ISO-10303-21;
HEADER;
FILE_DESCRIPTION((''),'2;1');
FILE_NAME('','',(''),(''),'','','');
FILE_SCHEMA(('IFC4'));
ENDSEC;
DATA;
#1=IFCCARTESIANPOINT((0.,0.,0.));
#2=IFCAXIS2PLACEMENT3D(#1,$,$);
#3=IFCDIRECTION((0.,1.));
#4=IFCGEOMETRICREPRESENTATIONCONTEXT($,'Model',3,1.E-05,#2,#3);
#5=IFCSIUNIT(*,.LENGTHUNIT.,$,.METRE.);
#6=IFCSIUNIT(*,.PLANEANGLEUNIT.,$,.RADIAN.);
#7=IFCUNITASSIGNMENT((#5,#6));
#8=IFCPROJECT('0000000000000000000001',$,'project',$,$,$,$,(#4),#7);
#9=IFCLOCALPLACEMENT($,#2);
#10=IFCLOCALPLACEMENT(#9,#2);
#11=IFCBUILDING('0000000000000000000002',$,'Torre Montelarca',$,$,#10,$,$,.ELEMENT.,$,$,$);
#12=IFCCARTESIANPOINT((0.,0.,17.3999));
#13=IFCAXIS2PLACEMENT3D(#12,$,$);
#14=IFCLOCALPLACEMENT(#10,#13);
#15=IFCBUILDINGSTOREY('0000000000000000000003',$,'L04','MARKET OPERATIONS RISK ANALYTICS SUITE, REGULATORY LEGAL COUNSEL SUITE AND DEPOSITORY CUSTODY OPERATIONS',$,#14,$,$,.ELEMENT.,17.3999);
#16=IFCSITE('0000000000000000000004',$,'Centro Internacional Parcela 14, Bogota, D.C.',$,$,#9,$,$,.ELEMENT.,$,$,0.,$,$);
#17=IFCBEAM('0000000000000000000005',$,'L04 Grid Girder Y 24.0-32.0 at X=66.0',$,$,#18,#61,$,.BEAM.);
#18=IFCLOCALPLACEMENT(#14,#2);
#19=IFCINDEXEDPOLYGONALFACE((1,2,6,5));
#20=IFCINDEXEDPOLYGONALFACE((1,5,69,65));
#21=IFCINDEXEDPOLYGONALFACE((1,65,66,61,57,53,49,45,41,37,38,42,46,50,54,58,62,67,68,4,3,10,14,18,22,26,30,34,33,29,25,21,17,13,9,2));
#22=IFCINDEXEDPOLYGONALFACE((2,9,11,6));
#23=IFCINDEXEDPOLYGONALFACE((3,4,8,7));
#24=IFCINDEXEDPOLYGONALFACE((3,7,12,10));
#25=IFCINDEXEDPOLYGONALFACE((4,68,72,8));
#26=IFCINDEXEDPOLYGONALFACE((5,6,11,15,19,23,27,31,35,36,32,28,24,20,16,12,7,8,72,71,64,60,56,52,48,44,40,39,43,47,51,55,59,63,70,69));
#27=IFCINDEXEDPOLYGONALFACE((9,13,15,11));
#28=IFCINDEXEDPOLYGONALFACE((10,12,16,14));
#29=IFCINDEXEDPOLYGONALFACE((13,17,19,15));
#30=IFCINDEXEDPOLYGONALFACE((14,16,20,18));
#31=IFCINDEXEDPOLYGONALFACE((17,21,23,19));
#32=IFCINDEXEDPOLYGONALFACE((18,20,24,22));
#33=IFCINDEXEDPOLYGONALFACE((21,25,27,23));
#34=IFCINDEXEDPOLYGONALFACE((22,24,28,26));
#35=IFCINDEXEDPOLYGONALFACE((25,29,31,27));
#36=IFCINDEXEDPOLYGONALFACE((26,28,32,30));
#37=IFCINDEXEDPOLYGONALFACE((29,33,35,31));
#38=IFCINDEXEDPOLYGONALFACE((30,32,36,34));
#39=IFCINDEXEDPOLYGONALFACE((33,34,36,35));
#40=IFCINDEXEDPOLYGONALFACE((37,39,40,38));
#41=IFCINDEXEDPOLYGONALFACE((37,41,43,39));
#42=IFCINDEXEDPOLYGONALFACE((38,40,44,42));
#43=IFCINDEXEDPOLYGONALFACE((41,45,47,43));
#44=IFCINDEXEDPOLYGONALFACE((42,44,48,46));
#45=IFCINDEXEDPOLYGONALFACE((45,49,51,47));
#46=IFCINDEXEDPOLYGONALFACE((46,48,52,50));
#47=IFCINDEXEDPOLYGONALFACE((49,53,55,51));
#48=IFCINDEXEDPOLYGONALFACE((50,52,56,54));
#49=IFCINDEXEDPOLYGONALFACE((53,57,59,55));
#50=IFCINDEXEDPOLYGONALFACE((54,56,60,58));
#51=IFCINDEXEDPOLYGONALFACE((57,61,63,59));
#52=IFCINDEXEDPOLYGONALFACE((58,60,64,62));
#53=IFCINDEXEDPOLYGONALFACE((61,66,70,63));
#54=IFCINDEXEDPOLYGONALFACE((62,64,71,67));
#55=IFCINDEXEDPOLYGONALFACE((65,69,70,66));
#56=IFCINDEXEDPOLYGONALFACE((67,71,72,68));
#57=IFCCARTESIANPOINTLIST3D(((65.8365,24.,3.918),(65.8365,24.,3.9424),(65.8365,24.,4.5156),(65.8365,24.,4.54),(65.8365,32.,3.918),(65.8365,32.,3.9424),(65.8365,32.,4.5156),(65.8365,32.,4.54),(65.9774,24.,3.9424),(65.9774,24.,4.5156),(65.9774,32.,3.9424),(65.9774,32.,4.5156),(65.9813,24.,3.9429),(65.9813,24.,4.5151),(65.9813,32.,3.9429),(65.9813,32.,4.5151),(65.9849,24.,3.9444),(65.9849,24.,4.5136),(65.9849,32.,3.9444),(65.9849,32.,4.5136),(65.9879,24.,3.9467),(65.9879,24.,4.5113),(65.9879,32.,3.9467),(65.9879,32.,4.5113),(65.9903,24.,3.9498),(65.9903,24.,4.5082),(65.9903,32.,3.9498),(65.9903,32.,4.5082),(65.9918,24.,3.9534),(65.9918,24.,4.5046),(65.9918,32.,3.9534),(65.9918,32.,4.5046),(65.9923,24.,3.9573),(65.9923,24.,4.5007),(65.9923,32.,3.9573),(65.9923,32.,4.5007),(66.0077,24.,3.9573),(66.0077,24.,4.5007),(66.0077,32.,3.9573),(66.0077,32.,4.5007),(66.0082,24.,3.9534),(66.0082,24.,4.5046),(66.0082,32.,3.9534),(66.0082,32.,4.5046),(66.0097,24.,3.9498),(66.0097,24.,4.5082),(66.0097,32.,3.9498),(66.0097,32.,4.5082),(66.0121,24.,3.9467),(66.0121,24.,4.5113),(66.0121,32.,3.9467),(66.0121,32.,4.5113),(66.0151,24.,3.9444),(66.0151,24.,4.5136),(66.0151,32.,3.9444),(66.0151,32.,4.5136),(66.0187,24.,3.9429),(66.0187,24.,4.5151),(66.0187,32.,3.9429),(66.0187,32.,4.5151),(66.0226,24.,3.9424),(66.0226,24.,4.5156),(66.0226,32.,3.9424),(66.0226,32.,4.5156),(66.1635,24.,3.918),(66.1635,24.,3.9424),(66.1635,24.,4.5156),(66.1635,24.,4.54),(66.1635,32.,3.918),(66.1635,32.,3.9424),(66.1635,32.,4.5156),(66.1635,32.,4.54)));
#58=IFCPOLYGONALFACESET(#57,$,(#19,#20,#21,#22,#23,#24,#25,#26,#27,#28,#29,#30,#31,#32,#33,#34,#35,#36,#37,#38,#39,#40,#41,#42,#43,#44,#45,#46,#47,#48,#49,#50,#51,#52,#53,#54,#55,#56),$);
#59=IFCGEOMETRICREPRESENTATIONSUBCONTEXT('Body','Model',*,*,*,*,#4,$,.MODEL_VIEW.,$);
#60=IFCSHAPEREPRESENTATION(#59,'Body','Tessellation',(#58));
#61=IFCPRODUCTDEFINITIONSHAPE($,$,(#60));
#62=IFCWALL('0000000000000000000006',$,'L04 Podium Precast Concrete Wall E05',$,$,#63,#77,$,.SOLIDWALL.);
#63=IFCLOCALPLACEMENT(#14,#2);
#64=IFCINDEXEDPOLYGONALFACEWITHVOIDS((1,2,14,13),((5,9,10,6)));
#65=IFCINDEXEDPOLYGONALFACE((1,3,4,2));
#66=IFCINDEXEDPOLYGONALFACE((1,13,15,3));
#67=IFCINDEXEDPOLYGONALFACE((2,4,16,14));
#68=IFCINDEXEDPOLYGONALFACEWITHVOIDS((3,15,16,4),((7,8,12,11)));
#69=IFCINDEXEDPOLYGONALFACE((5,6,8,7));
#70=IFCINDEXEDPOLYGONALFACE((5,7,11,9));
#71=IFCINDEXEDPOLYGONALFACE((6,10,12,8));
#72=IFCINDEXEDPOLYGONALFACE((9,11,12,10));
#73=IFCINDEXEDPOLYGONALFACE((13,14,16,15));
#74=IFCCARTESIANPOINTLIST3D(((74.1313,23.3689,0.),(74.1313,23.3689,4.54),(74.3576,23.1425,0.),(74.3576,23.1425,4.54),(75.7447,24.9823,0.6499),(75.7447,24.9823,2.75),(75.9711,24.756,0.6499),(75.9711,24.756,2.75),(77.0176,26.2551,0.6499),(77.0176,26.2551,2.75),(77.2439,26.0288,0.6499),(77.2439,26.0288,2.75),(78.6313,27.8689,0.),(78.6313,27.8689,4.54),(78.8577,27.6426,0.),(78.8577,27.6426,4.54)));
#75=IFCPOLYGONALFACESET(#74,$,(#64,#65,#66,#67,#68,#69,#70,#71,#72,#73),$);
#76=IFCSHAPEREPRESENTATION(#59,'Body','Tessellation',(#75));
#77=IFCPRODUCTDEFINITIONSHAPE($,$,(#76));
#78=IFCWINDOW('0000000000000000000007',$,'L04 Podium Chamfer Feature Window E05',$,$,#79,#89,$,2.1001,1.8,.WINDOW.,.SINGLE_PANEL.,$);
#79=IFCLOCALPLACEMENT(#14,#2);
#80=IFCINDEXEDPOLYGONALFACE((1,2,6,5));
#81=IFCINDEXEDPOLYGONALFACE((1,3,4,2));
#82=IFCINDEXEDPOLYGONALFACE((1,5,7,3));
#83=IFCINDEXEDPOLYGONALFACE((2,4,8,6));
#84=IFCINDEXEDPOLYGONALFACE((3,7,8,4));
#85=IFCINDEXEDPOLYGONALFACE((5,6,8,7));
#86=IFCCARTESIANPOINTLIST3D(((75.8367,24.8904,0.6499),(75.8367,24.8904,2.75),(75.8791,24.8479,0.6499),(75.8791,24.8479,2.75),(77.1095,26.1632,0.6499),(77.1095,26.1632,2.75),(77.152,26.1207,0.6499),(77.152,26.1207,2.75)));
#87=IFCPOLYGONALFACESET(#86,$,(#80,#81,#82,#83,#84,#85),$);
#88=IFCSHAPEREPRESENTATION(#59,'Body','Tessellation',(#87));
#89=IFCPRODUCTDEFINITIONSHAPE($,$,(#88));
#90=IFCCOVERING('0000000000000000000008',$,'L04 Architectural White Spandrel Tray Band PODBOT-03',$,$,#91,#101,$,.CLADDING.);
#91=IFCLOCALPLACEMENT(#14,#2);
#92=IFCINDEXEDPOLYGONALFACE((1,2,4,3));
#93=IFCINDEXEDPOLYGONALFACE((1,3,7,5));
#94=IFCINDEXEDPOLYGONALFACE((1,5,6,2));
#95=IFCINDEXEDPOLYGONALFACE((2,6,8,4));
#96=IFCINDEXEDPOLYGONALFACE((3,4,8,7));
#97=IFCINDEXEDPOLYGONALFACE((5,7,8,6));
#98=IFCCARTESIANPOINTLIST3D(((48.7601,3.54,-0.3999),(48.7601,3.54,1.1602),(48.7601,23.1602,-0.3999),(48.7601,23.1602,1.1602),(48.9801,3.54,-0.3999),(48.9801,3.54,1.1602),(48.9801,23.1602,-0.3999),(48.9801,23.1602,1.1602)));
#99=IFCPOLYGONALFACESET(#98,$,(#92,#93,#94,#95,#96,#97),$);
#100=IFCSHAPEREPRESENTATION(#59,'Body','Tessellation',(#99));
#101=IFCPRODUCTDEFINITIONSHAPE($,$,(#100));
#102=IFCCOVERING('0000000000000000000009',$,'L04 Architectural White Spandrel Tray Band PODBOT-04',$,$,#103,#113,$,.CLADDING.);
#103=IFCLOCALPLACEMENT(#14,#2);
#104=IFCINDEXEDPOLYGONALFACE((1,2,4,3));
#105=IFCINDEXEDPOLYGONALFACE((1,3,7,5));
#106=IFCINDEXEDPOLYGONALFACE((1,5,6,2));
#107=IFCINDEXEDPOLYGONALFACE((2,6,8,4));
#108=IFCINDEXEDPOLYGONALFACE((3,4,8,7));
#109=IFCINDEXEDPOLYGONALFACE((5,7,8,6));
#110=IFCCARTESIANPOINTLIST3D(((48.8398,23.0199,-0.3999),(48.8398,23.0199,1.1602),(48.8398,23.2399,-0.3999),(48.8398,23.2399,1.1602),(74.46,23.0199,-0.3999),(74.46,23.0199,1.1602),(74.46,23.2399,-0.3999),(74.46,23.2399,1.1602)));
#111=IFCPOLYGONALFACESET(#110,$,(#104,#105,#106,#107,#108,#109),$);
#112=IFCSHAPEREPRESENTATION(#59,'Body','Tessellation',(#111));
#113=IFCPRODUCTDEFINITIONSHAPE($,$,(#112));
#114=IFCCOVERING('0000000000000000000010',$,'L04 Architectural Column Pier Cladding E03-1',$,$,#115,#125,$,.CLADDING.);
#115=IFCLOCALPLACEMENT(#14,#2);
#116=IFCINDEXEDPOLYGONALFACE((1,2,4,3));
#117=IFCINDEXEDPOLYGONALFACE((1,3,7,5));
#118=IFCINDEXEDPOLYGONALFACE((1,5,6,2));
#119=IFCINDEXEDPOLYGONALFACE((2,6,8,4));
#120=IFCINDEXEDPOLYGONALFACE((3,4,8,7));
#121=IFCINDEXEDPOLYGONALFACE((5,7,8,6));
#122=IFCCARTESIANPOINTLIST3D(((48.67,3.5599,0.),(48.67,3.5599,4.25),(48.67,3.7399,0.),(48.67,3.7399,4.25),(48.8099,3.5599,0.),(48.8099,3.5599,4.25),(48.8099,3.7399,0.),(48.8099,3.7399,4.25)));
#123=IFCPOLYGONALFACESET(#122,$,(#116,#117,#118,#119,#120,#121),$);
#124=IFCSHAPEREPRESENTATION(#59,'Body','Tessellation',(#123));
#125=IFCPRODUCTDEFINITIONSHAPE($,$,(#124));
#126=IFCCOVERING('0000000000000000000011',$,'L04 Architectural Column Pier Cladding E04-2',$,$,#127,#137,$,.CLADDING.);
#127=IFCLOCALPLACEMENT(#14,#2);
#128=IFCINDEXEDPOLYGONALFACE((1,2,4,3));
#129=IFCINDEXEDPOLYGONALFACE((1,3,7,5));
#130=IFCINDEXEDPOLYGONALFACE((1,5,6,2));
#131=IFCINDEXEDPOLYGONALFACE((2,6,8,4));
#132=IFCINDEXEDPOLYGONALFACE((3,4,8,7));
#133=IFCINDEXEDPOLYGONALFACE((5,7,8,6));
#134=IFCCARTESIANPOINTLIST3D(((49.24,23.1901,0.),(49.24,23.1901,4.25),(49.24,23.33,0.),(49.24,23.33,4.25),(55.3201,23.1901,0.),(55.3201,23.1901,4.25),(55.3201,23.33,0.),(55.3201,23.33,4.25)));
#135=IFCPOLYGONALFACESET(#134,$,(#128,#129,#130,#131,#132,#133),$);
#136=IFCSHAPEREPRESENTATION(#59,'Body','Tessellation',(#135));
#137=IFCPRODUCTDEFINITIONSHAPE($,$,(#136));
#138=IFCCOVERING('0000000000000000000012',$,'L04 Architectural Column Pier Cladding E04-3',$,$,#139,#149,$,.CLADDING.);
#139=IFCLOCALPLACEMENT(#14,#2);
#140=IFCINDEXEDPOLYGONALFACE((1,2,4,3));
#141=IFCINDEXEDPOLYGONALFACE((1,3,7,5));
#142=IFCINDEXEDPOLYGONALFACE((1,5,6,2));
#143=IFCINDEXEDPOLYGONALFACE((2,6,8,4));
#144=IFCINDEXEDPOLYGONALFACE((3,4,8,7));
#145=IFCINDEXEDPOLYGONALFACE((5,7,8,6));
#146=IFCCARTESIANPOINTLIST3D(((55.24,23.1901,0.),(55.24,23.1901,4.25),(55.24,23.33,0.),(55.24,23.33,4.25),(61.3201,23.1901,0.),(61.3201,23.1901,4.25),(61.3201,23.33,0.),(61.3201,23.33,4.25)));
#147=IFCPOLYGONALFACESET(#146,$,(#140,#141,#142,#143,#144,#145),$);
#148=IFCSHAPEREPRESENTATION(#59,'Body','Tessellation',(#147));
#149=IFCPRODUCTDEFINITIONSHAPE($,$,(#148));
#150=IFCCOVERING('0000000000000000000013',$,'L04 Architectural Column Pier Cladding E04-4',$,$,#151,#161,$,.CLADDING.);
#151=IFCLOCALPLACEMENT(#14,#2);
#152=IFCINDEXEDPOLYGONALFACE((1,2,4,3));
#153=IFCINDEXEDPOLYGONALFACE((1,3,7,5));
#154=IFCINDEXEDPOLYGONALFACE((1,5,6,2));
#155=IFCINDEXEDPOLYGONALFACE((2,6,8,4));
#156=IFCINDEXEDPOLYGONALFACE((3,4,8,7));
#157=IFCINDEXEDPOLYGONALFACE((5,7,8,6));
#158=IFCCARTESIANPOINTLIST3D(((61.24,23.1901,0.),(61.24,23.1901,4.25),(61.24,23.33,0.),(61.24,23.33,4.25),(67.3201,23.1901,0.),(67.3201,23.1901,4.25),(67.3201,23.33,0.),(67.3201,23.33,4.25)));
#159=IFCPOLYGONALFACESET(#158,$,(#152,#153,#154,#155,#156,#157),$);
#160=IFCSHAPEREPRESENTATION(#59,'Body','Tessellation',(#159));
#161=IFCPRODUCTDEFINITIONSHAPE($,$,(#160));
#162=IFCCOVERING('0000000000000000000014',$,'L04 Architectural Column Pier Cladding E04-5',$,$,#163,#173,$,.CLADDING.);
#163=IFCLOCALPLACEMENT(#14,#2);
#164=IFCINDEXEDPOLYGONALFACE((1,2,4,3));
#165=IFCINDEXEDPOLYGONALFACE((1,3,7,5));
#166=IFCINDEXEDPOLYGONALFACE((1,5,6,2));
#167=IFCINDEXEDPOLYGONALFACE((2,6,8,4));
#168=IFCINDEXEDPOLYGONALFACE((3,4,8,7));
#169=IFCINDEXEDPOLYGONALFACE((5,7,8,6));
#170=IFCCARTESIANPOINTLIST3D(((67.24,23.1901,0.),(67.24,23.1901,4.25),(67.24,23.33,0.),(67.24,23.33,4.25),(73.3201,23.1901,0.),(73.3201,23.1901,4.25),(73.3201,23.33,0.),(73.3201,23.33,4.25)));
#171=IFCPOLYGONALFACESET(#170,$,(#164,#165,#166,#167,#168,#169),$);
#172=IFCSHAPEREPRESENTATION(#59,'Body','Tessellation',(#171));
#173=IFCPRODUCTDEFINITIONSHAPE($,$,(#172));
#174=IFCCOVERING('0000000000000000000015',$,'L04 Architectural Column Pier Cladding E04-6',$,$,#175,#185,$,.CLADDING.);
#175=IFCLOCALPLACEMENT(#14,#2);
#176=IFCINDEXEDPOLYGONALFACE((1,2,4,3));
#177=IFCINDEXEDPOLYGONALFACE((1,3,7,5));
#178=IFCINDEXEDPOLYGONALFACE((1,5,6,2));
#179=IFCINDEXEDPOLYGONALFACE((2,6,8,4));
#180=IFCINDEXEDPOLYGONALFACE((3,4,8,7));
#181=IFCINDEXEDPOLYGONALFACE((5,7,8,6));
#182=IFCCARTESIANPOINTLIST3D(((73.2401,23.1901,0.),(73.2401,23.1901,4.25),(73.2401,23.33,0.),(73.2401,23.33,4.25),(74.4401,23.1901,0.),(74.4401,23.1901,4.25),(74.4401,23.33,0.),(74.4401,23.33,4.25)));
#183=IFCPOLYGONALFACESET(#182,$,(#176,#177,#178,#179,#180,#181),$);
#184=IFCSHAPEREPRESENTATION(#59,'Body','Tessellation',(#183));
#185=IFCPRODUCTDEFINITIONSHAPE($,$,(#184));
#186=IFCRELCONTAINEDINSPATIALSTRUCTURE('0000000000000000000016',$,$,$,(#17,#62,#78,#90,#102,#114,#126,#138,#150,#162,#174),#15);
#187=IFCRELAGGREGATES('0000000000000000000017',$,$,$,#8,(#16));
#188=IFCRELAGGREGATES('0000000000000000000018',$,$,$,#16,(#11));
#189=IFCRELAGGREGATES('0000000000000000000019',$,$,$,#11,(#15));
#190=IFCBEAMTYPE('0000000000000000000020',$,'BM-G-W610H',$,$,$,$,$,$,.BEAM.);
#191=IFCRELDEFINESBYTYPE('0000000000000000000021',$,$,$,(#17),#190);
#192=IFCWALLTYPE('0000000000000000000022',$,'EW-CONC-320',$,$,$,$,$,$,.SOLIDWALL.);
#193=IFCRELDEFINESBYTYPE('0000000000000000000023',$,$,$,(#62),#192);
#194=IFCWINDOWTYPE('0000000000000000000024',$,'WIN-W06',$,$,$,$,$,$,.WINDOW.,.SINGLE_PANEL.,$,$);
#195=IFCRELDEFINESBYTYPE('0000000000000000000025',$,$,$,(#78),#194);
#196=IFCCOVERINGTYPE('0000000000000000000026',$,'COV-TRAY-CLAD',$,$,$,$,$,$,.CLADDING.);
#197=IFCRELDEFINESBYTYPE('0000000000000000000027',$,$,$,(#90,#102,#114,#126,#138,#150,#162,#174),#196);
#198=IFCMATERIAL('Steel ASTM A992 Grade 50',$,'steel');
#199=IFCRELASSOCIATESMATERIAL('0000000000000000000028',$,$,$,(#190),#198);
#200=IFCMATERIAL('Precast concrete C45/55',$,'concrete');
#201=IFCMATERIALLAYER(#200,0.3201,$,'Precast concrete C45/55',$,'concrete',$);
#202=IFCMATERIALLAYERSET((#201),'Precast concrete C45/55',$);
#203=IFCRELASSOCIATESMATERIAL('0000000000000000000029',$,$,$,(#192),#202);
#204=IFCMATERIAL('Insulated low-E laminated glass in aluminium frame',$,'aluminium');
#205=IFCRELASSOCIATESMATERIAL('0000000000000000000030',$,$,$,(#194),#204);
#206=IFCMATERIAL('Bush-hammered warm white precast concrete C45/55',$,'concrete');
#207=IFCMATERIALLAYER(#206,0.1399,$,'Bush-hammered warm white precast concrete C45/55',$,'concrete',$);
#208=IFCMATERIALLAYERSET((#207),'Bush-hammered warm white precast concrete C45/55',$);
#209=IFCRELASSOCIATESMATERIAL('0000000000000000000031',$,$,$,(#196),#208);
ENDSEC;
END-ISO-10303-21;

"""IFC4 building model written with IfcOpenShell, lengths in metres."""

from ifc_helpers import new_model, si_unit, direction, frame, frame_2d, origin, origin_2d, place, context, subcontext, project, spatial, rectangle, i_section, extrude, source, transform, mapped, material, layer, layer_set, material_profile, profile_set, type_object, element, fill, save


model = new_model("IFC4")

# Units and contexts
model_context = context("Model", 3, precision=1e-05, world=origin(), true_north=direction((0.0, 1.0)))
body_context = subcontext(model_context, "Body", "Model", "MODEL_VIEW")
ifc_project = project(units=[si_unit("LENGTHUNIT", "METRE"), si_unit("PLANEANGLEUNIT", "RADIAN")], contexts=[model_context])

# Site, building, storey
site_placement = place(None, origin())
site = spatial("IfcSite", under=ifc_project, at=site_placement, Name="Centro Internacional Parcela 14, Bogota, D.C.", CompositionType="ELEMENT", RefElevation=0.0)
building_placement = place(site_placement, origin())
building = spatial("IfcBuilding", under=site, at=building_placement, Name="Torre Montelarca", CompositionType="ELEMENT")
storey_placement = place(building_placement, frame((0.0, 0.0, 17.3999)))
storey = spatial("IfcBuildingStorey", under=building, at=storey_placement, Name="L04", Description="MARKET OPERATIONS RISK ANALYTICS SUITE, REGULATORY LEGAL COUNSEL SUITE AND DEPOSITORY CUSTODY OPERATIONS", CompositionType="ELEMENT", Elevation=17.3999)

# Beam
ifc_material_1 = material(Name="Steel ASTM A992 Grade 50", Category="steel")
ifc_material_profile_1 = material_profile(ifc_material_1, i_section(OverallWidth=0.3269, OverallDepth=0.6221, WebThickness=0.0154, FlangeThickness=0.0244, FilletRadius=0.0149, at=origin_2d()), Name="W610X195", Category="steel")
ifc_profile_set_1 = profile_set([ifc_material_profile_1], Name="Steel ASTM A992 Grade 50")
beam_type_1 = type_object("IfcBeamType", Name="BM-G-W610H", PredefinedType="BEAM", material=ifc_profile_set_1)
shared_shape_1 = source(origin(), body_context, "Body", "SweptSolid", [
    extrude(i_section(OverallWidth=0.3269, OverallDepth=0.6221, WebThickness=0.0154, FlangeThickness=0.0244, FilletRadius=0.0149, at=origin_2d()), origin(), (0.0, 0.0, 1.0), 8.0),
])
for number, where, z_axis, x_axis, name in (
    (1, (66.0, 24.0, 4.229), (0.0, 1.0, 0.0), (-1.0, 0.0, 0.0), "L04 Grid Girder Y 24.0-32.0 at X=66.0"),
):
    element("IfcBeam", number, at=place(storey_placement, frame(where, z_axis=z_axis, x_axis=x_axis)), inside=storey, type_object=beam_type_1, Name=name, PredefinedType="BEAM", context=body_context, shape_type="MappedRepresentation", body=[
        mapped(shared_shape_1, transform((0.0, 0.0, 0.0), scale=1.0)),
    ])

# Wall, opening, window
ifc_material_2 = material(Name="Precast concrete C45/55", Category="concrete")
ifc_layer_1 = layer(ifc_material_2, 0.3201, Name="Precast concrete C45/55", Category="concrete")
ifc_layer_set_1 = layer_set([ifc_layer_1], Name="Precast concrete C45/55")
wall_type = type_object("IfcWallType", Name="EW-CONC-320", PredefinedType="SOLIDWALL", material=ifc_layer_set_1)
wall_placement = place(storey_placement, frame((74.2444, 23.2556, 0.0), z_axis=(0.0, 0.0, 1.0), x_axis=(0.707107, 0.707107, 0.0)))
wall = element("IfcWall", 2, at=wall_placement, inside=storey, type_object=wall_type, Name="L04 Podium Precast Concrete Wall E05", PredefinedType="SOLIDWALL", context=body_context, shape_type="SweptSolid", body=[
    extrude(rectangle(XDim=6.364, YDim=0.3201, at=frame_2d((3.1821, 0.0))), origin(), (0.0, 0.0, 1.0), 4.54),
])
opening_placement = place(wall_placement, frame((2.282, 0.0, 0.6499)))
opening = element("IfcOpeningElement", 3, at=opening_placement, cuts=wall, PredefinedType="OPENING", context=body_context, shape_type="SweptSolid", body=[
    extrude(rectangle(XDim=1.8, YDim=2.1001, at=frame_2d((0.8999, 1.05))), frame((0.0, 0.1699, 0.0), z_axis=(0.0, -1.0, 0.0), x_axis=(1.0, 0.0, 0.0)), (0.0, 0.0, 1.0), 0.3401),
])
ifc_material_3 = material(Name="Insulated low-E laminated glass in aluminium frame", Category="aluminium")
window_type = type_object("IfcWindowType", Name="WIN-W06", PartitioningType="SINGLE_PANEL", PredefinedType="WINDOW", material=ifc_material_3)
shared_shape_2 = source(origin(), body_context, "Body", "SweptSolid", [
    extrude(rectangle(XDim=1.8, YDim=2.1001, at=frame_2d((0.8999, 1.05))), frame((0.0, 0.03, 0.0), z_axis=(0.0, -1.0, 0.0), x_axis=(1.0, 0.0, 0.0)), (0.0, 0.0, 1.0), 0.0601),
])
window_placement = place(opening_placement, origin())
window = element("IfcWindow", 4, at=window_placement, inside=storey, type_object=window_type, Name="L04 Podium Chamfer Feature Window E05", OverallHeight=2.1001, OverallWidth=1.8, PartitioningType="SINGLE_PANEL", PredefinedType="WINDOW", context=body_context, shape_type="MappedRepresentation", body=[
    mapped(shared_shape_2, transform((0.0, 0.0, 0.0), scale=1.0)),
])
fill(opening, window)

# Coverings
ifc_material_4 = material(Name="Bush-hammered warm white precast concrete C45/55", Category="concrete")
ifc_layer_2 = layer(ifc_material_4, 0.1399, Name="Bush-hammered warm white precast concrete C45/55", Category="concrete")
ifc_layer_set_2 = layer_set([ifc_layer_2], Name="Bush-hammered warm white precast concrete C45/55")
covering_type = type_object("IfcCoveringType", Name="COV-TRAY-CLAD", PredefinedType="CLADDING", material=ifc_layer_set_2)
shared_shape_3 = source(origin(), body_context, "Body", "SweptSolid", [
    extrude(rectangle(XDim=19.6201, YDim=0.22, at=origin_2d()), origin(), (0.0, 0.0, 1.0), 1.5601),
])
covering_1_placement = place(storey_placement, frame((48.8701, 13.3501, -0.3999), z_axis=(0.0, 0.0, 1.0), x_axis=(0.0, 1.0, 0.0)))
element("IfcCovering", 5, at=covering_1_placement, inside=storey, type_object=covering_type, Name="L04 Architectural White Spandrel Tray Band PODBOT-03", PredefinedType="CLADDING", context=body_context, shape_type="MappedRepresentation", body=[
    mapped(shared_shape_3, transform((0.0, 0.0, 0.0), scale=1.0)),
])
shared_shape_4 = source(origin(), body_context, "Body", "SweptSolid", [
    extrude(rectangle(XDim=25.6201, YDim=0.22, at=origin_2d()), origin(), (0.0, 0.0, 1.0), 1.5601),
])
covering_2_placement = place(storey_placement, frame((61.6499, 23.1299, -0.3999), z_axis=(0.0, 0.0, 1.0), x_axis=(1.0, 0.0, 0.0)))
element("IfcCovering", 6, at=covering_2_placement, inside=storey, type_object=covering_type, Name="L04 Architectural White Spandrel Tray Band PODBOT-04", PredefinedType="CLADDING", context=body_context, shape_type="MappedRepresentation", body=[
    mapped(shared_shape_4, transform((0.0, 0.0, 0.0), scale=1.0)),
])
shared_shape_5 = source(origin(), body_context, "Body", "SweptSolid", [
    extrude(rectangle(XDim=0.1799, YDim=0.1399, at=origin_2d()), origin(), (0.0, 0.0, 1.0), 4.25),
])
covering_3_placement = place(storey_placement, frame((48.74, 3.6499, 0.0), z_axis=(0.0, 0.0, 1.0), x_axis=(0.0, 1.0, 0.0)))
element("IfcCovering", 7, at=covering_3_placement, inside=storey, type_object=covering_type, Name="L04 Architectural Column Pier Cladding E03-1", PredefinedType="CLADDING", context=body_context, shape_type="MappedRepresentation", body=[
    mapped(shared_shape_5, transform((0.0, 0.0, 0.0), scale=1.0)),
])
shared_shape_6 = source(origin(), body_context, "Body", "SweptSolid", [
    extrude(rectangle(XDim=6.0801, YDim=0.1399, at=origin_2d()), origin(), (0.0, 0.0, 1.0), 4.25),
])
for number, where, z_axis, x_axis, name in (
    (8, (52.28, 23.26, 0.0), (0.0, 0.0, 1.0), (1.0, 0.0, 0.0), "L04 Architectural Column Pier Cladding E04-2"),
    (9, (58.28, 23.26, 0.0), (0.0, 0.0, 1.0), (1.0, 0.0, 0.0), "L04 Architectural Column Pier Cladding E04-3"),
    (10, (64.28, 23.26, 0.0), (0.0, 0.0, 1.0), (1.0, 0.0, 0.0), "L04 Architectural Column Pier Cladding E04-4"),
    (11, (70.28, 23.26, 0.0), (0.0, 0.0, 1.0), (1.0, 0.0, 0.0), "L04 Architectural Column Pier Cladding E04-5"),
):
    element("IfcCovering", number, at=place(storey_placement, frame(where, z_axis=z_axis, x_axis=x_axis)), inside=storey, type_object=covering_type, Name=name, PredefinedType="CLADDING", context=body_context, shape_type="MappedRepresentation", body=[
        mapped(shared_shape_6, transform((0.0, 0.0, 0.0), scale=1.0)),
    ])
shared_shape_7 = source(origin(), body_context, "Body", "SweptSolid", [
    extrude(rectangle(XDim=1.2, YDim=0.1399, at=origin_2d()), origin(), (0.0, 0.0, 1.0), 4.25),
])
covering_4_placement = place(storey_placement, frame((73.8401, 23.26, 0.0), z_axis=(0.0, 0.0, 1.0), x_axis=(1.0, 0.0, 0.0)))
element("IfcCovering", 12, at=covering_4_placement, inside=storey, type_object=covering_type, Name="L04 Architectural Column Pier Cladding E04-6", PredefinedType="CLADDING", context=body_context, shape_type="MappedRepresentation", body=[
    mapped(shared_shape_7, transform((0.0, 0.0, 0.0), scale=1.0)),
])

save(model, "model.ifc")
